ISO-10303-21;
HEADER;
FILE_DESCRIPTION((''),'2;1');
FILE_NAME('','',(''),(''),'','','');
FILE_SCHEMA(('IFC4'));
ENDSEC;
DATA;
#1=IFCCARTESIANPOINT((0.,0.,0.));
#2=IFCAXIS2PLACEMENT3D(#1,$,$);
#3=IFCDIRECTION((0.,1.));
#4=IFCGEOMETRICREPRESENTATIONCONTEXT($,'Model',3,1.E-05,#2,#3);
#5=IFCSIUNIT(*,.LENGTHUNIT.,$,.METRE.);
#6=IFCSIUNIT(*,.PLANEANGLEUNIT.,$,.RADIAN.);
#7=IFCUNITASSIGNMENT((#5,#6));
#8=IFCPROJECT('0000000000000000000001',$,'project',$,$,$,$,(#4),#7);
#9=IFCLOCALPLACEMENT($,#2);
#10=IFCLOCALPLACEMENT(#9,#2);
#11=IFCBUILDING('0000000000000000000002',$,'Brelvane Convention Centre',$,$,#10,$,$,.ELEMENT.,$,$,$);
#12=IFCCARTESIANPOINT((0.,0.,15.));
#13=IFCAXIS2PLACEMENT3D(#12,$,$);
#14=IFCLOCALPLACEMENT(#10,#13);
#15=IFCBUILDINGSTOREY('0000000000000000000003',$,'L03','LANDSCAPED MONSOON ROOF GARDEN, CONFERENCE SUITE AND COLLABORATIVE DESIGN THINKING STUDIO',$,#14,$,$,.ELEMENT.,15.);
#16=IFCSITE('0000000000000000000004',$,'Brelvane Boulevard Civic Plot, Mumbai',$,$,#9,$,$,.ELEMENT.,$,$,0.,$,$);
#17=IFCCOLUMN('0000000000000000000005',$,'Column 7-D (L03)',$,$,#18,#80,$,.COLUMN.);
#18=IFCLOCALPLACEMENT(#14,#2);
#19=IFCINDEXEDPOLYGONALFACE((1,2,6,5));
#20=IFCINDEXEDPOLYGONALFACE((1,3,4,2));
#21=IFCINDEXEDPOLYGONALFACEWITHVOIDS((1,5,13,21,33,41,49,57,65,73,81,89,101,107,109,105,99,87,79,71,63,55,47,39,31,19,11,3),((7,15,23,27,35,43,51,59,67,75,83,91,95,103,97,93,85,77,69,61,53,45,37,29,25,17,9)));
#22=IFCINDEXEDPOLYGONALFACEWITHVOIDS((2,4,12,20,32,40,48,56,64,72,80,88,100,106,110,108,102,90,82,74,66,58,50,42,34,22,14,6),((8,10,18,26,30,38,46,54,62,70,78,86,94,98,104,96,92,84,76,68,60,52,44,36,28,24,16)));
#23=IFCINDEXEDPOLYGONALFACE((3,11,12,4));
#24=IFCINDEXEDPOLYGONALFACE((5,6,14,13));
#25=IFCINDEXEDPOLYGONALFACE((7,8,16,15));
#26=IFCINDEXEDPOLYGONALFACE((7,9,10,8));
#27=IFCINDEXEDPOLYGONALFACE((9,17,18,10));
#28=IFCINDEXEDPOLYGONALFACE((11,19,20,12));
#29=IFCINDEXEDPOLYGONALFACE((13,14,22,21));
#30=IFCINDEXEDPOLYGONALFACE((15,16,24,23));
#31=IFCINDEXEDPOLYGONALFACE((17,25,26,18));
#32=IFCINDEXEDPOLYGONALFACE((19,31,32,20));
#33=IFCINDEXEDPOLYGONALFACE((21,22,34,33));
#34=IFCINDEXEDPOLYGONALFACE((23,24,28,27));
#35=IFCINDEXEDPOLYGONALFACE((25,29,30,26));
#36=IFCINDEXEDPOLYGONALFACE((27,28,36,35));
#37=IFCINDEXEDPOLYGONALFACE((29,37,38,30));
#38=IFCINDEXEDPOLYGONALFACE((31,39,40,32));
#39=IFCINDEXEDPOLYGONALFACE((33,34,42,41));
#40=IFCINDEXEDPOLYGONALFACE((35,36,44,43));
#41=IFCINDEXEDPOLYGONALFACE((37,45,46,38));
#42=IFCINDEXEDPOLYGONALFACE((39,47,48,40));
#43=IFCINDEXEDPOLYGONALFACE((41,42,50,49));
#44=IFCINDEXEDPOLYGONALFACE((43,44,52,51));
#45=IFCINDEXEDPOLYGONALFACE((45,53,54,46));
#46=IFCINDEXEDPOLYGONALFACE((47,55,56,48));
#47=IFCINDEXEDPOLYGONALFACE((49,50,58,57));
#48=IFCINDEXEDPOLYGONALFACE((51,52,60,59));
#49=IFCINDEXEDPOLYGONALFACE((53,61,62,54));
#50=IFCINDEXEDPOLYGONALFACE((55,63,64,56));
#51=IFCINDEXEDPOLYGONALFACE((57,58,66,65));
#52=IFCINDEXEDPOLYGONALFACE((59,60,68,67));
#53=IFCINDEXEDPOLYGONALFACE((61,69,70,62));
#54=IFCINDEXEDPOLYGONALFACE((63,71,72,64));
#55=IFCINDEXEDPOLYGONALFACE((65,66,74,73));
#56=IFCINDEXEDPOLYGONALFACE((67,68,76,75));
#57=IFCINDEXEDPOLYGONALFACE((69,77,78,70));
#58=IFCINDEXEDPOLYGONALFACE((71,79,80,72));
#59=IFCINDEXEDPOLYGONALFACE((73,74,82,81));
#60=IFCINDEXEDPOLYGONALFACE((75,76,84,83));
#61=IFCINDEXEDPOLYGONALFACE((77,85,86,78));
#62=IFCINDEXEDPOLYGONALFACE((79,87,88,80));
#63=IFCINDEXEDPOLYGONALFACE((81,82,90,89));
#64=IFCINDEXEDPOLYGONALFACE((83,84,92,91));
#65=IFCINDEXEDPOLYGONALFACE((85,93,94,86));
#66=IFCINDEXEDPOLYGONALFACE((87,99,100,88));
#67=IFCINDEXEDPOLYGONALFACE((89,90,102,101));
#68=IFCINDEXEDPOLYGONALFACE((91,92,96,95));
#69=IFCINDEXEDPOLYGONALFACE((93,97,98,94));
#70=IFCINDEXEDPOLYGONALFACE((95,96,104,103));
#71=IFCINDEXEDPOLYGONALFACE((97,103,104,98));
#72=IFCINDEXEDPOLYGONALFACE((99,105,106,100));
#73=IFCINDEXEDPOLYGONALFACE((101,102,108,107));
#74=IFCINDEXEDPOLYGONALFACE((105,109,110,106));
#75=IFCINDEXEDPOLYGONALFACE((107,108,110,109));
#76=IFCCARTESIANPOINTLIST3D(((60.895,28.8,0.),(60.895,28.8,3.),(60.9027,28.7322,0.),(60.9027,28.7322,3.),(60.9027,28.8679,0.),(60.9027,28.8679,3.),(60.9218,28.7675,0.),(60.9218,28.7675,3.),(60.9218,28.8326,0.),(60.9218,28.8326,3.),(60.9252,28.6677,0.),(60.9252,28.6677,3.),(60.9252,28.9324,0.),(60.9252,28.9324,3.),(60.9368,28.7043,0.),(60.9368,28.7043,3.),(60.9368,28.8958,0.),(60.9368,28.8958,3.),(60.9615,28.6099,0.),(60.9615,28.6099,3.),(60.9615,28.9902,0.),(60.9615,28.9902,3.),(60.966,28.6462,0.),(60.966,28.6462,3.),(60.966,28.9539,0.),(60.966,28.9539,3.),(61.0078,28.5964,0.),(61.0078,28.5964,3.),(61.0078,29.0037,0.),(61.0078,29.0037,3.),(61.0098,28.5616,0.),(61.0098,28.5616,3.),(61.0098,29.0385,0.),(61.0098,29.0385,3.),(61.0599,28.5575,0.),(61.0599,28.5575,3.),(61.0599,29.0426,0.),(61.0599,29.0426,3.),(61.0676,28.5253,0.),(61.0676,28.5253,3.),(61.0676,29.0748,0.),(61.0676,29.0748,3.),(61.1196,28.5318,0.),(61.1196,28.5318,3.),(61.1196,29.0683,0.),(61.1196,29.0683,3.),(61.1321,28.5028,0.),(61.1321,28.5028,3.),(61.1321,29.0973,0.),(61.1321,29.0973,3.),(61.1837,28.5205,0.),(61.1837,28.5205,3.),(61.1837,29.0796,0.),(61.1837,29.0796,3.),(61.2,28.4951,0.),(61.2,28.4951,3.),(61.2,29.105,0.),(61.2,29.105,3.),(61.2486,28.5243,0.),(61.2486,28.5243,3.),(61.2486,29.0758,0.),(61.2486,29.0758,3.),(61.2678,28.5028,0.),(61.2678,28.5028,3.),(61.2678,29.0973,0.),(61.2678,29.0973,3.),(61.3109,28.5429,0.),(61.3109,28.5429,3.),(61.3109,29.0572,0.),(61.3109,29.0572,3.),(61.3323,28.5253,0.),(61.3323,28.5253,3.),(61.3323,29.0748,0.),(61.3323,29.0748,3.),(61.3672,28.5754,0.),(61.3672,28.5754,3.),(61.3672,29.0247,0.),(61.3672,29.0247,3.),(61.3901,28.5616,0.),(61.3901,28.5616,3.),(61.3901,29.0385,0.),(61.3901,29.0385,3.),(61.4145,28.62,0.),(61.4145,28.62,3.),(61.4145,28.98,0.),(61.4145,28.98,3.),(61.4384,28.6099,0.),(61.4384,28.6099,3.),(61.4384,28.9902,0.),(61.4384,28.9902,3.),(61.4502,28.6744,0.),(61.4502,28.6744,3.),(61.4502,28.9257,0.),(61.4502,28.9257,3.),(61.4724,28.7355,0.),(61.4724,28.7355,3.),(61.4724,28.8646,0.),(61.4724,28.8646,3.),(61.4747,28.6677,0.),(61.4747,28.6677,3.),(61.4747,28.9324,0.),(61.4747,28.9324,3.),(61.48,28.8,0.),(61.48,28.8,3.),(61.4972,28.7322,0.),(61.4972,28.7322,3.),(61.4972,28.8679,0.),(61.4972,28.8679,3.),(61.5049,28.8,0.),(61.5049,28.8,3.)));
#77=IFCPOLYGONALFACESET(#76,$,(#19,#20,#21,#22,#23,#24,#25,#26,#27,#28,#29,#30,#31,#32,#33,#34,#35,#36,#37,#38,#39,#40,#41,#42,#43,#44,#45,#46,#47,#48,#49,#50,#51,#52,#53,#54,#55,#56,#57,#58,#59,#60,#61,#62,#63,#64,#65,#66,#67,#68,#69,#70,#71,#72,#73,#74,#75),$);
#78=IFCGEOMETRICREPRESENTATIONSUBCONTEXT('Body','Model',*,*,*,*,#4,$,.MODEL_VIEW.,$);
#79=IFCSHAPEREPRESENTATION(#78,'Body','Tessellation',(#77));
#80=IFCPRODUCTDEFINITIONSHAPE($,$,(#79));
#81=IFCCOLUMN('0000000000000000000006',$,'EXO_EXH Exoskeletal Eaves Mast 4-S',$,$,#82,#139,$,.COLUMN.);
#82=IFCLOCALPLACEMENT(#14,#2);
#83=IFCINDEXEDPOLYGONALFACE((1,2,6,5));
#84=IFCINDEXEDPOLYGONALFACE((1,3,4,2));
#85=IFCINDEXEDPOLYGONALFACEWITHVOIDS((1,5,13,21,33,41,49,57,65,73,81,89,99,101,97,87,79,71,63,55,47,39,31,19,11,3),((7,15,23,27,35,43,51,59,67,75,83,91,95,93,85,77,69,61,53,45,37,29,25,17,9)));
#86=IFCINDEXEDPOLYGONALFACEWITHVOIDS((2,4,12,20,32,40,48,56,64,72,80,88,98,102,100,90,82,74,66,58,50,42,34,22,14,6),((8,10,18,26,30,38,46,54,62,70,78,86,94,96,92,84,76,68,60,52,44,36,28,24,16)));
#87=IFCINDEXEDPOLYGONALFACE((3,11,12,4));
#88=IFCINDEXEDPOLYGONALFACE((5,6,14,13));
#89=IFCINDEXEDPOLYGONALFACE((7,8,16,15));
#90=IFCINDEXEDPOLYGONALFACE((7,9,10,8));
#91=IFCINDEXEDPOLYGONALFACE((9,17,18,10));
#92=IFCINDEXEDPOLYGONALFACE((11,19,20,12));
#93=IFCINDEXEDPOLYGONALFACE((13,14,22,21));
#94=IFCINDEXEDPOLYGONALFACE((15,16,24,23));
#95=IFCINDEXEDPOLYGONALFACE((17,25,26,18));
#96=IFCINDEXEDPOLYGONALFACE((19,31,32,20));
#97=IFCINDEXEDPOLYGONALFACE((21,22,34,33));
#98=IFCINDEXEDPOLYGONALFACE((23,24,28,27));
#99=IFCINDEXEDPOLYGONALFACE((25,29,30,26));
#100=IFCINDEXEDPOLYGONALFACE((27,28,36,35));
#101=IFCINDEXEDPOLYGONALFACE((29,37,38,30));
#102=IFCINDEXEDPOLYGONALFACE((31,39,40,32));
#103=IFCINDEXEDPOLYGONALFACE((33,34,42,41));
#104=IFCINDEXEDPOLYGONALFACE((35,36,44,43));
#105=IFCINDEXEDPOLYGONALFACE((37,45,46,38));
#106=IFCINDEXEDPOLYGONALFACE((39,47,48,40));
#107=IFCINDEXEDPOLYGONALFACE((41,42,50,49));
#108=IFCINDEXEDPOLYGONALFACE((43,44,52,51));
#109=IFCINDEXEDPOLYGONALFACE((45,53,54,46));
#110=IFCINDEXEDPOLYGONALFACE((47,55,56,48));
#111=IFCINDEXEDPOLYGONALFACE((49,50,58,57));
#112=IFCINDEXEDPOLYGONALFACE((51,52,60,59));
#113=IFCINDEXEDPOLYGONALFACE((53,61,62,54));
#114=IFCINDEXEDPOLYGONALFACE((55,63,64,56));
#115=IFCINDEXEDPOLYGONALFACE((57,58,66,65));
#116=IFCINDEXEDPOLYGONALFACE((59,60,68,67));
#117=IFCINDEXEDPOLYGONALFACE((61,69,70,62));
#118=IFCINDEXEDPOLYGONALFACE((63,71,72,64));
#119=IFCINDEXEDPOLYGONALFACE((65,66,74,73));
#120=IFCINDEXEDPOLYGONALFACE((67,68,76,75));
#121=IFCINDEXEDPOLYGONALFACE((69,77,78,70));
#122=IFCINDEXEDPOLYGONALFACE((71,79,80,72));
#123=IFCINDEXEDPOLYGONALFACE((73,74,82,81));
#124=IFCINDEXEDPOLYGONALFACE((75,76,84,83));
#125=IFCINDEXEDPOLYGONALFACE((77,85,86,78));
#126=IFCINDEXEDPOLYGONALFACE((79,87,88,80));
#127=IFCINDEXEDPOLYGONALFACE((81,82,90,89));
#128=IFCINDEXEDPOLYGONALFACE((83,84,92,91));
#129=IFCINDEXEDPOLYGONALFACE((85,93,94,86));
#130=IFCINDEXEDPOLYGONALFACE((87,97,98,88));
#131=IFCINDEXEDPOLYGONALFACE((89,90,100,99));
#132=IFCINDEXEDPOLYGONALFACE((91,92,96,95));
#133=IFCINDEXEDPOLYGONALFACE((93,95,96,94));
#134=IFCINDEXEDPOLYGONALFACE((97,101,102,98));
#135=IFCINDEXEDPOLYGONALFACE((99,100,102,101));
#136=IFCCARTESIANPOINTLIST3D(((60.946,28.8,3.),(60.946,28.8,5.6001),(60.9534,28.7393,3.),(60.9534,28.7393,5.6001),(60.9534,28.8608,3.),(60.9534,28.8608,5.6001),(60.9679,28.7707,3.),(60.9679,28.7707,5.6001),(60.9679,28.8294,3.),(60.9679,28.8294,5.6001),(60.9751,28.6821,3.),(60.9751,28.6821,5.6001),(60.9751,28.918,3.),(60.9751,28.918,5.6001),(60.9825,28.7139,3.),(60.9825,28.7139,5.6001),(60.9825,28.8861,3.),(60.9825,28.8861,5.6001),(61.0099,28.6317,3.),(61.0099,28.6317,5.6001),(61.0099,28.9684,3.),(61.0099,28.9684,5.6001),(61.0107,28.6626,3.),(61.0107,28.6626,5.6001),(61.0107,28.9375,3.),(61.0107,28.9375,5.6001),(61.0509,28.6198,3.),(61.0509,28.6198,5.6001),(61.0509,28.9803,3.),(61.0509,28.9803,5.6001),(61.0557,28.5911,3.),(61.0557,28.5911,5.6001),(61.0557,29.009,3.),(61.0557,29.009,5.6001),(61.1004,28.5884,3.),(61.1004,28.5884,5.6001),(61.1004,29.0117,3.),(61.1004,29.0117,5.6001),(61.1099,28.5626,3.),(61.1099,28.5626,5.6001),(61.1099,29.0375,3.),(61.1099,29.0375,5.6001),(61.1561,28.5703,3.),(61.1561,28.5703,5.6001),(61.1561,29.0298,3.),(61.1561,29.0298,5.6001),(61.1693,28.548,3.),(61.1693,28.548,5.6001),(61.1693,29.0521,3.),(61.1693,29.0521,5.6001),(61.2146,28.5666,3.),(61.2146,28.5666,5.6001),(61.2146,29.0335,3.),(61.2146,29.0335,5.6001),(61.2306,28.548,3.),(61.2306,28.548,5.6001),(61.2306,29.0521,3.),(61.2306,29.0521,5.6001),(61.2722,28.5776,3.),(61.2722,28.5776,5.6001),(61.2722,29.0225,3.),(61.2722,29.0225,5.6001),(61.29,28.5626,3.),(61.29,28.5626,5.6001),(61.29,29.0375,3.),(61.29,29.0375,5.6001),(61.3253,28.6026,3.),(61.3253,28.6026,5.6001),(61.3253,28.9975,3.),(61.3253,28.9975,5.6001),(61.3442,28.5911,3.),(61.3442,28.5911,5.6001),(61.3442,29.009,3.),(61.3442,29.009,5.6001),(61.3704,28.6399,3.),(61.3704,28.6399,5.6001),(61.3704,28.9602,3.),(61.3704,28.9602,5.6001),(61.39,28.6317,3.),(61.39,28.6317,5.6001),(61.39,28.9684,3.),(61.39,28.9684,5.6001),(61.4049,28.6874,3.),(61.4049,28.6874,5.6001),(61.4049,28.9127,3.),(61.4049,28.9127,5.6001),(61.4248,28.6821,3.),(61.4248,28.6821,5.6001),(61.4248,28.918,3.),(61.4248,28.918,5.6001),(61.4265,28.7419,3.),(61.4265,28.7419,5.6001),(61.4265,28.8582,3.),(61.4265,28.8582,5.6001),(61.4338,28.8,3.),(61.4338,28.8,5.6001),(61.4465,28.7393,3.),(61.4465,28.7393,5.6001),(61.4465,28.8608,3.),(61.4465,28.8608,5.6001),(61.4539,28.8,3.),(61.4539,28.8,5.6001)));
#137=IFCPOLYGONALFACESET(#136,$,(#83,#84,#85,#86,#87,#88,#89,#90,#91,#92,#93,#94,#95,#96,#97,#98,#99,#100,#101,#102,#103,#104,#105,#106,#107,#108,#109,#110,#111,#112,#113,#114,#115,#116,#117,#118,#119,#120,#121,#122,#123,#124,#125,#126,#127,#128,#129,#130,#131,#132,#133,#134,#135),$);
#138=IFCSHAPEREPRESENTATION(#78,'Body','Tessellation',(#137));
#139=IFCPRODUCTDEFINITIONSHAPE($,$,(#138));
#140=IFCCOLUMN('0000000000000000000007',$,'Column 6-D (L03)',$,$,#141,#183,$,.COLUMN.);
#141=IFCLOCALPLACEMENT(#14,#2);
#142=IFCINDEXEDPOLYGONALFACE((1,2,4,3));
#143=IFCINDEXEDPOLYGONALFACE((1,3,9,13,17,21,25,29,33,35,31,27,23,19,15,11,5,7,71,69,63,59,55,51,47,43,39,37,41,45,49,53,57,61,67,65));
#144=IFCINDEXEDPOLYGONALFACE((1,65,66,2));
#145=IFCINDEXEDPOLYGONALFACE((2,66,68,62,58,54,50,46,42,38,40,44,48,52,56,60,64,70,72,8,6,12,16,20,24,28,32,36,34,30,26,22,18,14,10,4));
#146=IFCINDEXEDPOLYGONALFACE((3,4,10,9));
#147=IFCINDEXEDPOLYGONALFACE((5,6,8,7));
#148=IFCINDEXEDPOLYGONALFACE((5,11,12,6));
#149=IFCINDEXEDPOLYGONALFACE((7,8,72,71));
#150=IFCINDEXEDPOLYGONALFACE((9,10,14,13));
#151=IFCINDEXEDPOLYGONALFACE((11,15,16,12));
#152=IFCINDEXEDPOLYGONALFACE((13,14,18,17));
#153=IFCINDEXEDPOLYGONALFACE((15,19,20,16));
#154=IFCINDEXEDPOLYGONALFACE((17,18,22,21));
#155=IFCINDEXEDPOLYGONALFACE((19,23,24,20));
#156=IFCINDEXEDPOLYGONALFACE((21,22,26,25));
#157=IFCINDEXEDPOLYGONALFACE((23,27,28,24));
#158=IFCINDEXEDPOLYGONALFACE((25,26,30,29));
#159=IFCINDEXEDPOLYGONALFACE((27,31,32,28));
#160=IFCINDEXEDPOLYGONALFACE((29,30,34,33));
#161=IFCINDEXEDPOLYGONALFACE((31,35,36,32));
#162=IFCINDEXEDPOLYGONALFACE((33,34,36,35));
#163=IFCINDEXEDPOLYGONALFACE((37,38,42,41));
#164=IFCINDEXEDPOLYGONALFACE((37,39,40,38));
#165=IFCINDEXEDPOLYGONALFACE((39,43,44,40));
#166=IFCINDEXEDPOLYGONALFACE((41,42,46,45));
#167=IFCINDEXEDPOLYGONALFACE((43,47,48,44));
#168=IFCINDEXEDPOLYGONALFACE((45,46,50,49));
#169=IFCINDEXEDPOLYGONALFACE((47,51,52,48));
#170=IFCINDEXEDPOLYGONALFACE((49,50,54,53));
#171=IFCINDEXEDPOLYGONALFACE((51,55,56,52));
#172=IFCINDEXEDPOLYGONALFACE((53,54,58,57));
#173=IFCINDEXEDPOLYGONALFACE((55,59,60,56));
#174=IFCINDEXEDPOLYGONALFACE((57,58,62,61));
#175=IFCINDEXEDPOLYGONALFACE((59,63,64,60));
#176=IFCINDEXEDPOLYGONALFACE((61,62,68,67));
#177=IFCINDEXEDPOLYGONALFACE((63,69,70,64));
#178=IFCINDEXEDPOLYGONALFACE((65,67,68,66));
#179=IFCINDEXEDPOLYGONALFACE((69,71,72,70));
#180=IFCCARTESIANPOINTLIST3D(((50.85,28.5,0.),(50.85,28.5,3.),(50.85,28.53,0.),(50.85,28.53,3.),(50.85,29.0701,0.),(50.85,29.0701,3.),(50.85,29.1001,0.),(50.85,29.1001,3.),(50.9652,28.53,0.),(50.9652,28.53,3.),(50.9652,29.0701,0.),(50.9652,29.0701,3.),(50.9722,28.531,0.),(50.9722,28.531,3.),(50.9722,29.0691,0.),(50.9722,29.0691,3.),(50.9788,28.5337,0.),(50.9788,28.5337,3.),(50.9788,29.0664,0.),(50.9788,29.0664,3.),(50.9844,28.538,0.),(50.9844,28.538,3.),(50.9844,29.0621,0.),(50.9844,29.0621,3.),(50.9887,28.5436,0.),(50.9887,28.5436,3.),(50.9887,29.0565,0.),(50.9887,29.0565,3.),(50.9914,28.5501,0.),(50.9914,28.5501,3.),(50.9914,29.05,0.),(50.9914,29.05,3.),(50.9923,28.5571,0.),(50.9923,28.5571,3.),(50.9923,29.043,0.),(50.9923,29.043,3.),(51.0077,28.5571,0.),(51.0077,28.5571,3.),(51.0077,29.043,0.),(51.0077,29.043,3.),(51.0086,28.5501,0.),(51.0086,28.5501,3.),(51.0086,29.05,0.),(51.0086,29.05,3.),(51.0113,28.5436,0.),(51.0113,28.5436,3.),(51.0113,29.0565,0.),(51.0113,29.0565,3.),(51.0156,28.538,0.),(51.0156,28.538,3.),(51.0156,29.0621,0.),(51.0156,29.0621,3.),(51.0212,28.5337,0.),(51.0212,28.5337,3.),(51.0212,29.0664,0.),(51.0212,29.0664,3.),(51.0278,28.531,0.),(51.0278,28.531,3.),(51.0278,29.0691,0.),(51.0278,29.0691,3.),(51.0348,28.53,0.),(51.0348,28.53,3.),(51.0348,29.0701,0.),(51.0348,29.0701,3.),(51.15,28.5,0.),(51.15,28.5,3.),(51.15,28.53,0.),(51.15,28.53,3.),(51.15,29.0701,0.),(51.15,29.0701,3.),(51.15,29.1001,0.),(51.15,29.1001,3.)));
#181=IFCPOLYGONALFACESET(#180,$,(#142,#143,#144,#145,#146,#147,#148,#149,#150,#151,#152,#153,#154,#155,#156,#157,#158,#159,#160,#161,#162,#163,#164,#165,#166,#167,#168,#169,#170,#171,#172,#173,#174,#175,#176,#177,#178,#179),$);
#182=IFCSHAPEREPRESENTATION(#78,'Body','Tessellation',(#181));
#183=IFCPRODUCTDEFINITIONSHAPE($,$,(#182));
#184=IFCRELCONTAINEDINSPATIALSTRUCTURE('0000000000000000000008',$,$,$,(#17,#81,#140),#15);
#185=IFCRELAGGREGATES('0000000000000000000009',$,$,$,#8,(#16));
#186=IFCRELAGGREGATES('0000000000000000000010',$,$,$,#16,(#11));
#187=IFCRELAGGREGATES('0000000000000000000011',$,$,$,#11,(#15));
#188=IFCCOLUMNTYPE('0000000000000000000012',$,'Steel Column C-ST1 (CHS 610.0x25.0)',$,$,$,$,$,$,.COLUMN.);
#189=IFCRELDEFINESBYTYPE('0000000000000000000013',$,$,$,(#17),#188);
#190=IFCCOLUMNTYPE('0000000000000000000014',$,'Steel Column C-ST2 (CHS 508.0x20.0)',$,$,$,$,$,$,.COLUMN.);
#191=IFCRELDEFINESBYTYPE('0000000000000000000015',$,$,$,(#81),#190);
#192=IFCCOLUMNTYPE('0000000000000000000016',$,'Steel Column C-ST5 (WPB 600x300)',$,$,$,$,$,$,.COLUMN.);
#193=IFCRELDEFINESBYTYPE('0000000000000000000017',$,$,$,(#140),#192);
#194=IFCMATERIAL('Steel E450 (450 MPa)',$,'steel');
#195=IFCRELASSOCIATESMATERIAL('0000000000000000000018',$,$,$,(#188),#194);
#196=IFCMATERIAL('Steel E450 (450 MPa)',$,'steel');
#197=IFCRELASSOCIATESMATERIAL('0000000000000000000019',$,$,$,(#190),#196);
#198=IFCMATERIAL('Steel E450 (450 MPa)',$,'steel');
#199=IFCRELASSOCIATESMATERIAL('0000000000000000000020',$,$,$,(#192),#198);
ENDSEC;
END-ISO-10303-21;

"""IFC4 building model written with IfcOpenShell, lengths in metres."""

from ifc_helpers import new_model, si_unit, direction, frame, origin, origin_2d, place, context, subcontext, project, spatial, hollow_circle, i_section, extrude, material, material_profile, profile_set, type_object, element, save


model = new_model("IFC4")

# Units and contexts
model_context = context("Model", 3, precision=1e-05, world=origin(), true_north=direction((0.0, 1.0)))
body_context = subcontext(model_context, "Body", "Model", "MODEL_VIEW")
ifc_project = project(units=[si_unit("LENGTHUNIT", "METRE"), si_unit("PLANEANGLEUNIT", "RADIAN")], contexts=[model_context])

# Site, building, storey
site_placement = place(None, origin())
site = spatial("IfcSite", under=ifc_project, at=site_placement, Name="Brelvane Boulevard Civic Plot, Mumbai", CompositionType="ELEMENT", RefElevation=0.0)
building_placement = place(site_placement, origin())
building = spatial("IfcBuilding", under=site, at=building_placement, Name="Brelvane Convention Centre", CompositionType="ELEMENT")
storey_placement = place(building_placement, frame((0.0, 0.0, 15.0)))
storey = spatial("IfcBuildingStorey", under=building, at=storey_placement, Name="L03", Description="LANDSCAPED MONSOON ROOF GARDEN, CONFERENCE SUITE AND COLLABORATIVE DESIGN THINKING STUDIO", CompositionType="ELEMENT", Elevation=15.0)

# Columns
ifc_material_1 = material(Name="Steel E450 (450 MPa)", Category="steel")
ifc_material_profile_1 = material_profile(ifc_material_1, hollow_circle(Radius=0.3049, WallThickness=0.0249, at=origin_2d()), Name="CHS 610.0x25.0")
ifc_profile_set_1 = profile_set([ifc_material_profile_1], Name="Steel E450 (450 MPa)")
column_type_1 = type_object("IfcColumnType", Name="Steel Column C-ST1 (CHS 610.0x25.0)", PredefinedType="COLUMN", material=ifc_profile_set_1)
column_1_placement = place(storey_placement, frame((61.2, 28.8, 0.0), z_axis=(0.0, 0.0, 1.0), x_axis=(1.0, 0.0, 0.0)))
element("IfcColumn", 1, at=column_1_placement, inside=storey, type_object=column_type_1, Name="Column 7-D (L03)", PredefinedType="COLUMN", context=body_context, shape_type="SweptSolid", body=[
    extrude(hollow_circle(Radius=0.3049, WallThickness=0.0249, at=origin_2d()), origin(), (0.0, 0.0, 1.0), 3.0),
])
ifc_material_2 = material(Name="Steel E450 (450 MPa)", Category="steel")
ifc_material_profile_2 = material_profile(ifc_material_2, hollow_circle(Radius=0.2539, WallThickness=0.02, at=origin_2d()), Name="CHS 508.0x20.0")
ifc_profile_set_2 = profile_set([ifc_material_profile_2], Name="Steel E450 (450 MPa)")
column_type_2 = type_object("IfcColumnType", Name="Steel Column C-ST2 (CHS 508.0x20.0)", PredefinedType="COLUMN", material=ifc_profile_set_2)
column_2_placement = place(storey_placement, frame((61.2, 28.8, 3.0), z_axis=(0.0, 0.0, 1.0), x_axis=(1.0, 0.0, 0.0)))
element("IfcColumn", 2, at=column_2_placement, inside=storey, type_object=column_type_2, Name="EXO_EXH Exoskeletal Eaves Mast 4-S", PredefinedType="COLUMN", context=body_context, shape_type="SweptSolid", body=[
    extrude(hollow_circle(Radius=0.2539, WallThickness=0.02, at=origin_2d()), origin(), (0.0, 0.0, 1.0), 2.6001),
])
ifc_material_3 = material(Name="Steel E450 (450 MPa)", Category="steel")
ifc_material_profile_3 = material_profile(ifc_material_3, i_section(OverallWidth=0.3, OverallDepth=0.6001, WebThickness=0.0154, FlangeThickness=0.03, FilletRadius=0.0271, at=origin_2d()), Name="WPB 600x300")
ifc_profile_set_3 = profile_set([ifc_material_profile_3], Name="Steel E450 (450 MPa)")
column_type_3 = type_object("IfcColumnType", Name="Steel Column C-ST5 (WPB 600x300)", PredefinedType="COLUMN", material=ifc_profile_set_3)
column_3_placement = place(storey_placement, frame((51.0, 28.8, 0.0), z_axis=(0.0, 0.0, 1.0), x_axis=(1.0, 0.0, 0.0)))
element("IfcColumn", 3, at=column_3_placement, inside=storey, type_object=column_type_3, Name="Column 6-D (L03)", PredefinedType="COLUMN", context=body_context, shape_type="SweptSolid", body=[
    extrude(i_section(OverallWidth=0.3, OverallDepth=0.6001, WebThickness=0.0154, FlangeThickness=0.03, FilletRadius=0.0271, at=origin_2d()), origin(), (0.0, 0.0, 1.0), 3.0),
])

save(model, "model.ifc")
